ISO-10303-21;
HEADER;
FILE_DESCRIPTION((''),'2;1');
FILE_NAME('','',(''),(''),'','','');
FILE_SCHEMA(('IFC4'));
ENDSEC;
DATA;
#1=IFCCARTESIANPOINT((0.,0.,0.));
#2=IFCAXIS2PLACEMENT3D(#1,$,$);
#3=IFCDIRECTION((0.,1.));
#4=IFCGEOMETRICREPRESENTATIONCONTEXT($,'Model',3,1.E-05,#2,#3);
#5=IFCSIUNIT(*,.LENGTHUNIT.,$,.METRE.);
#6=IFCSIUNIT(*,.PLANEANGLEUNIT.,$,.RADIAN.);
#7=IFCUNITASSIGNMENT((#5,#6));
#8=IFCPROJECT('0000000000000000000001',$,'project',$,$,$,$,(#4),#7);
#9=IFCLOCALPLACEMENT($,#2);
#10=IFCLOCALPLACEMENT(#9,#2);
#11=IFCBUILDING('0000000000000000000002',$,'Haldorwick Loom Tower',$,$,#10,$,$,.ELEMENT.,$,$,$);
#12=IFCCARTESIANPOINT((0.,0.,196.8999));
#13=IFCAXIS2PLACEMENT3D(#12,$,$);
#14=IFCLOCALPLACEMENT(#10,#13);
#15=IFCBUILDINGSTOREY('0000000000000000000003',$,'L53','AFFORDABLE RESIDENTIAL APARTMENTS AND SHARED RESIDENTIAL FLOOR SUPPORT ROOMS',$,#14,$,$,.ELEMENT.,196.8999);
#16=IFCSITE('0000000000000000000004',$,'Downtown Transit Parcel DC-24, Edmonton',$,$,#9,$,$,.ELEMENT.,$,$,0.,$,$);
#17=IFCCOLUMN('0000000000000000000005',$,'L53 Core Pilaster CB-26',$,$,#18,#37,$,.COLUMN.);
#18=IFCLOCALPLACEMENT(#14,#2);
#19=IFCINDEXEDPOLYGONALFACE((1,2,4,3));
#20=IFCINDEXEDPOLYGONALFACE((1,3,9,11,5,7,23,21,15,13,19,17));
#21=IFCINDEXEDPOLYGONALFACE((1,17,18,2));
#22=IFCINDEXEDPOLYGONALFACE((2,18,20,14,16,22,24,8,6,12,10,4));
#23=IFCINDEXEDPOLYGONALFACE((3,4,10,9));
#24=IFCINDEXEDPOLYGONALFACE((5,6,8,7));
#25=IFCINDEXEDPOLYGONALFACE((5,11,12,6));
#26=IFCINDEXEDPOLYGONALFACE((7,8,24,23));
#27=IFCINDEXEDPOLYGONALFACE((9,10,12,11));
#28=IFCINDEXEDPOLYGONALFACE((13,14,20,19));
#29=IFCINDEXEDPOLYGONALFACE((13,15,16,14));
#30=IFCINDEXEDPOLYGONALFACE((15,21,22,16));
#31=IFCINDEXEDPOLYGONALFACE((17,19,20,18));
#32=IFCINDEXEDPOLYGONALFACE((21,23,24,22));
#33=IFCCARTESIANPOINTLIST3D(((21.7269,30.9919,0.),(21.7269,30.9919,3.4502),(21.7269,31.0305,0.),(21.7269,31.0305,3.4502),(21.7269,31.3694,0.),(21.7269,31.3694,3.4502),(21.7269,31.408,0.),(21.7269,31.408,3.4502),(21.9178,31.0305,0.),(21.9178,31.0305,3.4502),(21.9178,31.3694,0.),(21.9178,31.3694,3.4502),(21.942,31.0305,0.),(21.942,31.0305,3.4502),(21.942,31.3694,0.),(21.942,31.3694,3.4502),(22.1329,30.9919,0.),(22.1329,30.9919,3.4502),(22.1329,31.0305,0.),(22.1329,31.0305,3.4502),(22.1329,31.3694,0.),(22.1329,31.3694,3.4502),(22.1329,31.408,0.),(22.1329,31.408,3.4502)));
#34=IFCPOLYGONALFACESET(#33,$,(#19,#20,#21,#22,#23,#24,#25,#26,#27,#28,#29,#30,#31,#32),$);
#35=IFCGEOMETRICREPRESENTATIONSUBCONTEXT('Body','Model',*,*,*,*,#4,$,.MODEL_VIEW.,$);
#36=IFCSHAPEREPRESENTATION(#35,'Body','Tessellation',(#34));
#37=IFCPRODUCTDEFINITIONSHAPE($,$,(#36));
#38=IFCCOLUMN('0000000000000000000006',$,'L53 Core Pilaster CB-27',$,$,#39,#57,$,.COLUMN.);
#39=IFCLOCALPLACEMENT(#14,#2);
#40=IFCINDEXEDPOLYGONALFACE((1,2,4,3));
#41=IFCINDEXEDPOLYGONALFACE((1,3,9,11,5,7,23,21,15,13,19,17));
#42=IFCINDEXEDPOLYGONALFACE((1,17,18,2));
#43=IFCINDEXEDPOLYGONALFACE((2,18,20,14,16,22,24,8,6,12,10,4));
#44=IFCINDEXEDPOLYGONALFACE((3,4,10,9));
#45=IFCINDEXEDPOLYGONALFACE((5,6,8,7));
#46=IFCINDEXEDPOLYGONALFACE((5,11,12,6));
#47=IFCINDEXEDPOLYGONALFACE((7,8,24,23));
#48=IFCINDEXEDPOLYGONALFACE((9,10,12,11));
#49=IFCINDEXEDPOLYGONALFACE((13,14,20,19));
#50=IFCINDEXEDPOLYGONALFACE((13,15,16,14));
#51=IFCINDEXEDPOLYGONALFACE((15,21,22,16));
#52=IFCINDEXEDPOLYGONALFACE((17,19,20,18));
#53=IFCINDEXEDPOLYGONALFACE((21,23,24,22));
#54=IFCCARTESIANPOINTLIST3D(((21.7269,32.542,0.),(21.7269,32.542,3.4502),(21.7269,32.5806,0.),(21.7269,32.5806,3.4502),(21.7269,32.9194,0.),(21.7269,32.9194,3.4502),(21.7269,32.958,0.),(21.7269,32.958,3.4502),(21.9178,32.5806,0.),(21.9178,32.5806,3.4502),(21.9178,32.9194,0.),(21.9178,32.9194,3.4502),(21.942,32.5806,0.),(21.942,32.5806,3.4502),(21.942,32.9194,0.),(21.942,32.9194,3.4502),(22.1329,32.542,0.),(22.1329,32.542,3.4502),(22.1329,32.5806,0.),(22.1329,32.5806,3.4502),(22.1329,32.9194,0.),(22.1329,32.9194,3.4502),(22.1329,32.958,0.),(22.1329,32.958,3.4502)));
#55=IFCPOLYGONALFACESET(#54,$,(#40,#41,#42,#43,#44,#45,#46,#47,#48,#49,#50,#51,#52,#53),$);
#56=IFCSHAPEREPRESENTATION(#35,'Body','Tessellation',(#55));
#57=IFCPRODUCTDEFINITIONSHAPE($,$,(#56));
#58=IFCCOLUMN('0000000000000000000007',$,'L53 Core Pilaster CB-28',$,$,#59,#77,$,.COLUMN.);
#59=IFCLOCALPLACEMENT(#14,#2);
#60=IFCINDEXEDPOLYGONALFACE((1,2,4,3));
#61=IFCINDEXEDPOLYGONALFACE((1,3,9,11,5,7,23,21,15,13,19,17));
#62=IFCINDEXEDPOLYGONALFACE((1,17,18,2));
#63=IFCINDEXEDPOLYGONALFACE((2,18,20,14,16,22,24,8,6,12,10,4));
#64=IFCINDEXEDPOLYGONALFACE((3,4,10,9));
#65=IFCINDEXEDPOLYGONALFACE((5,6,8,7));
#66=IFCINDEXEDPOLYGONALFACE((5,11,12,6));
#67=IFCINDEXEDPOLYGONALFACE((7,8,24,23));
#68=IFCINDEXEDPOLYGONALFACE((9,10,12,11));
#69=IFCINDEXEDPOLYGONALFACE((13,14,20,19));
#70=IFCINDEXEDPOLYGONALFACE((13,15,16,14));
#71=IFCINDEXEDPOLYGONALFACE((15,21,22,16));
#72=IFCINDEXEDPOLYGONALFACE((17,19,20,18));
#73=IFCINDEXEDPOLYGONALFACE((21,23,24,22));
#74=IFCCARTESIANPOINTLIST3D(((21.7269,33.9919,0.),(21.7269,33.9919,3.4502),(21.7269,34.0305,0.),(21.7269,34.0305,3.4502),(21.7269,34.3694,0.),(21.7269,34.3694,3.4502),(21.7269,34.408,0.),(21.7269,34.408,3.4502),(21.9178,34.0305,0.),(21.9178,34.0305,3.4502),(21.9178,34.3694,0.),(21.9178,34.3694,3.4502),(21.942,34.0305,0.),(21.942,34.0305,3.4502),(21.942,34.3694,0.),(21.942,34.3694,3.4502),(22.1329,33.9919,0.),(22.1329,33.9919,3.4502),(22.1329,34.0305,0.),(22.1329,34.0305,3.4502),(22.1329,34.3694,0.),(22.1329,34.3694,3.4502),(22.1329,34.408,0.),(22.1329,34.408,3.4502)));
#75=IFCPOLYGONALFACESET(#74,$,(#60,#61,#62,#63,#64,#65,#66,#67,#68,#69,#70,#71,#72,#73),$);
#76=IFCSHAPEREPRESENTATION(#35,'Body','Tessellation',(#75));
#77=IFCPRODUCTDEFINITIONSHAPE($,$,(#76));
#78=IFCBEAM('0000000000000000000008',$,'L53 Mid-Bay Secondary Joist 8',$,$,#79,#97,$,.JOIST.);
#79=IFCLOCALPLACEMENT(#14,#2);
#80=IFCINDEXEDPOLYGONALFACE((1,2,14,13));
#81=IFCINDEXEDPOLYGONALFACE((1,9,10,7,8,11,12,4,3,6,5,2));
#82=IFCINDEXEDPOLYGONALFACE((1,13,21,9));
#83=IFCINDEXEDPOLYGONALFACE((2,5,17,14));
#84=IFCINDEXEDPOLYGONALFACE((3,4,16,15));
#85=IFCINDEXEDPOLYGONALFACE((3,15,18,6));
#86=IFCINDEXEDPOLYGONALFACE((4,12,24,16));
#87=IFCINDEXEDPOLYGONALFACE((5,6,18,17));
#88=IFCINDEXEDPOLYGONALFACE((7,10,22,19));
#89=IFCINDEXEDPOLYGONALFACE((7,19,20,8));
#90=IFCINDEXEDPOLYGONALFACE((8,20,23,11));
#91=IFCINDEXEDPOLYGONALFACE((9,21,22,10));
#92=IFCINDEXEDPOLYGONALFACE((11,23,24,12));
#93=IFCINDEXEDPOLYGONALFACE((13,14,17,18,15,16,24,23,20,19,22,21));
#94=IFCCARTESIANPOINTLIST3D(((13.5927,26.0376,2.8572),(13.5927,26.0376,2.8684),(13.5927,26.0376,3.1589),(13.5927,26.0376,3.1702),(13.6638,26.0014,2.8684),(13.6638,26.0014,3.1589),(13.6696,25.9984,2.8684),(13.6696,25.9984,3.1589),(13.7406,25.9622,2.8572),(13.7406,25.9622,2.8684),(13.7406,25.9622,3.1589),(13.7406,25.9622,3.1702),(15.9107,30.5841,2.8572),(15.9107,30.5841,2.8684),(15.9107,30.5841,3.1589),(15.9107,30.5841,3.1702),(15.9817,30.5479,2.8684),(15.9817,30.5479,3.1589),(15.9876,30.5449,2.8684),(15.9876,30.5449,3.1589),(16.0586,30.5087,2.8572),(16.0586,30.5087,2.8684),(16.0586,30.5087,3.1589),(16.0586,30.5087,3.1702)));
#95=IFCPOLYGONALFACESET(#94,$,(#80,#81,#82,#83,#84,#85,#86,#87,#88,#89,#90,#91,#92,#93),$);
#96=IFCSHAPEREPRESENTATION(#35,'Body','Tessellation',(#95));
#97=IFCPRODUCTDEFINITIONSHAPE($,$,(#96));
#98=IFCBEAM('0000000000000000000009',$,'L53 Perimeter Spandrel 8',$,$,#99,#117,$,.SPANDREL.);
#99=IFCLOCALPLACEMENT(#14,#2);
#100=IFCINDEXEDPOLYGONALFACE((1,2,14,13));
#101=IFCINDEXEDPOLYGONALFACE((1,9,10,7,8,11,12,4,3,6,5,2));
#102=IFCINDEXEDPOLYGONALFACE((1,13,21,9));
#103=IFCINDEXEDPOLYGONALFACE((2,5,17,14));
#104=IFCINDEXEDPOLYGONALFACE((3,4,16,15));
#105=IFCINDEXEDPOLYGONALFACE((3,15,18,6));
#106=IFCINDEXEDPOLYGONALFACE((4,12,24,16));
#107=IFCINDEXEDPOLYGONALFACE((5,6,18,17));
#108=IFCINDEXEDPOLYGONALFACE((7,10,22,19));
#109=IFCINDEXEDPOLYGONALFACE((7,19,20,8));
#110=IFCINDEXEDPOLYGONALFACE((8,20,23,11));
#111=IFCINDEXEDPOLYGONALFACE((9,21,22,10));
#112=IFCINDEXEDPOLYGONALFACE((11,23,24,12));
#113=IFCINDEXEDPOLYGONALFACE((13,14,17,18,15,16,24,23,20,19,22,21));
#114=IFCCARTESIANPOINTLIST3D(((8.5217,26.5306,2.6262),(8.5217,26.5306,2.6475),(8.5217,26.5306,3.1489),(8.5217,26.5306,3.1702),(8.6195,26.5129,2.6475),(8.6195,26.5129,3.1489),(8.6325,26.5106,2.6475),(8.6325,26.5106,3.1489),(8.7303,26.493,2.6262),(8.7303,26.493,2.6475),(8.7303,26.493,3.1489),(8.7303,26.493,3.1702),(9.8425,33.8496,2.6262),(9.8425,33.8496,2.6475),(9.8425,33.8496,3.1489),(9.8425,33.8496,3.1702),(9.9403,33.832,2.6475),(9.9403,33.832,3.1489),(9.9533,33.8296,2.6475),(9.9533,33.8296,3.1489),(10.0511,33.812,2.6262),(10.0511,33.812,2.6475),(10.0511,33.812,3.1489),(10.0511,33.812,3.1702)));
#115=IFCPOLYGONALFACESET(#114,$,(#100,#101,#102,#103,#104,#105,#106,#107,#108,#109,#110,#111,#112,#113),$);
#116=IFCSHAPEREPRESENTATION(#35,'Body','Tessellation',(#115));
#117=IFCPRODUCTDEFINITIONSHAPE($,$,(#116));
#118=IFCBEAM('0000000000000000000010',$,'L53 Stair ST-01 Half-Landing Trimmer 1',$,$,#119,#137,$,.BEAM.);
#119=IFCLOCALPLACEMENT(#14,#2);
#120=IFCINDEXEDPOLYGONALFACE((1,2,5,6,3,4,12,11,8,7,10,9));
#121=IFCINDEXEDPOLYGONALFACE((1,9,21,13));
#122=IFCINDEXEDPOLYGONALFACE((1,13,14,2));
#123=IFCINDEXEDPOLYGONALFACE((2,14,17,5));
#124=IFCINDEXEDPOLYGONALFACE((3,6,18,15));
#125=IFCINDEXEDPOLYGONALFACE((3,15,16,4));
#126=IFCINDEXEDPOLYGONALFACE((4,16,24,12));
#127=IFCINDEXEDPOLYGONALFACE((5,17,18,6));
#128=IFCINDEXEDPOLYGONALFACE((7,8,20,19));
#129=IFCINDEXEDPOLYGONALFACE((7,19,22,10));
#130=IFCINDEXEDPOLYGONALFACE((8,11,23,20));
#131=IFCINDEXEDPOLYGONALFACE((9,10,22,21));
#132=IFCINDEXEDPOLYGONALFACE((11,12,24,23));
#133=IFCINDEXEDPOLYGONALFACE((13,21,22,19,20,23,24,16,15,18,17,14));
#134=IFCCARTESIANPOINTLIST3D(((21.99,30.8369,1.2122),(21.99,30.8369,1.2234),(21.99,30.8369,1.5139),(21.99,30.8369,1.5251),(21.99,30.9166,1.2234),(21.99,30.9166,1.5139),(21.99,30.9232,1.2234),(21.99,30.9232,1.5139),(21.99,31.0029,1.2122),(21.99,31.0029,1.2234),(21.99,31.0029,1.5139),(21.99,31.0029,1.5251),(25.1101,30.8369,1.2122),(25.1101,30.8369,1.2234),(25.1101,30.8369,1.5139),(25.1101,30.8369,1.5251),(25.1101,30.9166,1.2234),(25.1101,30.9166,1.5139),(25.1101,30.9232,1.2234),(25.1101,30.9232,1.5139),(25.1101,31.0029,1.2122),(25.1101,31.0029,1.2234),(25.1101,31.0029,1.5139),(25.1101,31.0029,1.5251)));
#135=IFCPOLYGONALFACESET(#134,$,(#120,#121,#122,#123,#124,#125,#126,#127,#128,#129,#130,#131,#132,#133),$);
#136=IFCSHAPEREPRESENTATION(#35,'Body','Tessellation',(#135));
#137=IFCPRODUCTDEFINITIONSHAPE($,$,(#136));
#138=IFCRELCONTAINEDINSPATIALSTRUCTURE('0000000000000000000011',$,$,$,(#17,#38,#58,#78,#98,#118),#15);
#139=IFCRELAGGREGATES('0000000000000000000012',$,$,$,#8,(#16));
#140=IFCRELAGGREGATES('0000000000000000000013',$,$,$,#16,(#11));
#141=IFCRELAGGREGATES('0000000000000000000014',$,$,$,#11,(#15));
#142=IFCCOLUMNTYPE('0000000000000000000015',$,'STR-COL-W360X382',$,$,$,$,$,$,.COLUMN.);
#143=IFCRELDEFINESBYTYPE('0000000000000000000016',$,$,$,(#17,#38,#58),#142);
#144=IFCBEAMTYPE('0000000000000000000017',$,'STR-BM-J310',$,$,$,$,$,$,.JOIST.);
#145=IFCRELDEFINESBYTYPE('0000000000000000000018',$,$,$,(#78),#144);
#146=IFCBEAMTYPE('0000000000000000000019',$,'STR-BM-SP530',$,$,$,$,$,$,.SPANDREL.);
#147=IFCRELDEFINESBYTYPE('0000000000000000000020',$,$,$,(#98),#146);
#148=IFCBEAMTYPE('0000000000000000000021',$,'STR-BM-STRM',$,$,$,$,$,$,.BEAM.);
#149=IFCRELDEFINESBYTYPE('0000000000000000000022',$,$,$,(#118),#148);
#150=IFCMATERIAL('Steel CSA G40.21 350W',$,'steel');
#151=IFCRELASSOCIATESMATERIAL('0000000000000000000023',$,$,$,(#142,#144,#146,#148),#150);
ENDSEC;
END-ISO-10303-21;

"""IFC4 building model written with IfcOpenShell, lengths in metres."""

from ifc_helpers import new_model, si_unit, direction, frame, origin, origin_2d, place, context, subcontext, project, spatial, i_section, extrude, material, material_profile, profile_set, type_object, element, save


model = new_model("IFC4")

# Units and contexts
model_context = context("Model", 3, precision=1e-05, world=origin(), true_north=direction((0.0, 1.0)))
body_context = subcontext(model_context, "Body", "Model", "MODEL_VIEW")
ifc_project = project(units=[si_unit("LENGTHUNIT", "METRE"), si_unit("PLANEANGLEUNIT", "RADIAN")], contexts=[model_context])

# Site, building, storey
site_placement = place(None, origin())
site = spatial("IfcSite", under=ifc_project, at=site_placement, Name="Downtown Transit Parcel DC-24, Edmonton", CompositionType="ELEMENT", RefElevation=0.0)
building_placement = place(site_placement, origin())
building = spatial("IfcBuilding", under=site, at=building_placement, Name="Haldorwick Loom Tower", CompositionType="ELEMENT")
storey_placement = place(building_placement, frame((0.0, 0.0, 196.8999)))
storey = spatial("IfcBuildingStorey", under=building, at=storey_placement, Name="L53", Description="AFFORDABLE RESIDENTIAL APARTMENTS AND SHARED RESIDENTIAL FLOOR SUPPORT ROOMS", CompositionType="ELEMENT", Elevation=196.8999)

# Columns
ifc_material_1 = material(Name="Steel CSA G40.21 350W", Category="steel")
ifc_material_profile_1 = material_profile(ifc_material_1, i_section(OverallWidth=0.406, OverallDepth=0.416, WebThickness=0.0242, FlangeThickness=0.0386, at=origin_2d()), Name="W360X382", Category="steel")
ifc_profile_set_1 = profile_set([ifc_material_profile_1], Name="Steel CSA G40.21 350W")
column_type = type_object("IfcColumnType", Name="STR-COL-W360X382", PredefinedType="COLUMN", material=ifc_profile_set_1)
for number, where, z_axis, x_axis, name in (
    (1, (21.9299, 31.2, 0.0), (0.0, 0.0, 1.0), (1.0, 0.0, 0.0), "L53 Core Pilaster CB-26"),
    (2, (21.9299, 32.75, 0.0), (0.0, 0.0, 1.0), (1.0, 0.0, 0.0), "L53 Core Pilaster CB-27"),
    (3, (21.9299, 34.2, 0.0), (0.0, 0.0, 1.0), (1.0, 0.0, 0.0), "L53 Core Pilaster CB-28"),
):
    element("IfcColumn", number, at=place(storey_placement, frame(where, z_axis=z_axis, x_axis=x_axis)), inside=storey, type_object=column_type, Name=name, PredefinedType="COLUMN", context=body_context, shape_type="SweptSolid", body=[
        extrude(i_section(OverallWidth=0.406, OverallDepth=0.416, WebThickness=0.0242, FlangeThickness=0.0386, at=origin_2d()), origin(), (0.0, 0.0, 1.0), 3.4502),
    ])

# Beams
ifc_material_profile_2 = material_profile(ifc_material_1, i_section(OverallWidth=0.166, OverallDepth=0.313, WebThickness=0.0066, FlangeThickness=0.0112, at=origin_2d()), Name="W310X45", Category="steel")
ifc_profile_set_2 = profile_set([ifc_material_profile_2], Name="Steel CSA G40.21 350W")
beam_type_1 = type_object("IfcBeamType", Name="STR-BM-J310", PredefinedType="JOIST", material=ifc_profile_set_2)
beam_1_placement = place(storey_placement, frame((15.9846, 30.5464, 3.0137), z_axis=(-0.454204, -0.890898, 0.0), x_axis=(0.890898, -0.454204, 0.0)))
element("IfcBeam", 4, at=beam_1_placement, inside=storey, type_object=beam_type_1, Name="L53 Mid-Bay Secondary Joist 8", PredefinedType="JOIST", context=body_context, shape_type="SweptSolid", body=[
    extrude(i_section(OverallWidth=0.166, OverallDepth=0.313, WebThickness=0.0066, FlangeThickness=0.0112, at=origin_2d()), origin(), (0.0, 0.0, 1.0), 5.1033),
])
ifc_material_profile_3 = material_profile(ifc_material_1, i_section(OverallWidth=0.2119, OverallDepth=0.5439, WebThickness=0.0132, FlangeThickness=0.0212, at=origin_2d()), Name="W530X123", Category="steel")
ifc_profile_set_3 = profile_set([ifc_material_profile_3], Name="Steel CSA G40.21 350W")
beam_type_2 = type_object("IfcBeamType", Name="STR-BM-SP530", PredefinedType="SPANDREL", material=ifc_profile_set_3)
beam_2_placement = place(storey_placement, frame((9.9468, 33.8308, 2.8982), z_axis=(-0.177591, -0.984104, 0.0), x_axis=(0.984104, -0.177591, 0.0)))
element("IfcBeam", 5, at=beam_2_placement, inside=storey, type_object=beam_type_2, Name="L53 Perimeter Spandrel 8", PredefinedType="SPANDREL", context=body_context, shape_type="SweptSolid", body=[
    extrude(i_section(OverallWidth=0.2119, OverallDepth=0.5439, WebThickness=0.0132, FlangeThickness=0.0212, at=origin_2d()), origin(), (0.0, 0.0, 1.0), 7.4373),
])
ifc_material_profile_4 = material_profile(ifc_material_1, i_section(OverallWidth=0.166, OverallDepth=0.313, WebThickness=0.0066, FlangeThickness=0.0112, at=origin_2d()), Name="W310X45", Category="steel")
ifc_profile_set_4 = profile_set([ifc_material_profile_4], Name="Steel CSA G40.21 350W")
beam_type_3 = type_object("IfcBeamType", Name="STR-BM-STRM", PredefinedType="BEAM", material=ifc_profile_set_4)
beam_3_placement = place(storey_placement, frame((21.99, 30.9199, 1.3687), z_axis=(1.0, 0.0, 0.0), x_axis=(0.0, 1.0, 0.0)))
element("IfcBeam", 6, at=beam_3_placement, inside=storey, type_object=beam_type_3, Name="L53 Stair ST-01 Half-Landing Trimmer 1", PredefinedType="BEAM", context=body_context, shape_type="SweptSolid", body=[
    extrude(i_section(OverallWidth=0.166, OverallDepth=0.313, WebThickness=0.0066, FlangeThickness=0.0112, at=origin_2d()), origin(), (0.0, 0.0, 1.0), 3.1201),
])

save(model, "model.ifc")
